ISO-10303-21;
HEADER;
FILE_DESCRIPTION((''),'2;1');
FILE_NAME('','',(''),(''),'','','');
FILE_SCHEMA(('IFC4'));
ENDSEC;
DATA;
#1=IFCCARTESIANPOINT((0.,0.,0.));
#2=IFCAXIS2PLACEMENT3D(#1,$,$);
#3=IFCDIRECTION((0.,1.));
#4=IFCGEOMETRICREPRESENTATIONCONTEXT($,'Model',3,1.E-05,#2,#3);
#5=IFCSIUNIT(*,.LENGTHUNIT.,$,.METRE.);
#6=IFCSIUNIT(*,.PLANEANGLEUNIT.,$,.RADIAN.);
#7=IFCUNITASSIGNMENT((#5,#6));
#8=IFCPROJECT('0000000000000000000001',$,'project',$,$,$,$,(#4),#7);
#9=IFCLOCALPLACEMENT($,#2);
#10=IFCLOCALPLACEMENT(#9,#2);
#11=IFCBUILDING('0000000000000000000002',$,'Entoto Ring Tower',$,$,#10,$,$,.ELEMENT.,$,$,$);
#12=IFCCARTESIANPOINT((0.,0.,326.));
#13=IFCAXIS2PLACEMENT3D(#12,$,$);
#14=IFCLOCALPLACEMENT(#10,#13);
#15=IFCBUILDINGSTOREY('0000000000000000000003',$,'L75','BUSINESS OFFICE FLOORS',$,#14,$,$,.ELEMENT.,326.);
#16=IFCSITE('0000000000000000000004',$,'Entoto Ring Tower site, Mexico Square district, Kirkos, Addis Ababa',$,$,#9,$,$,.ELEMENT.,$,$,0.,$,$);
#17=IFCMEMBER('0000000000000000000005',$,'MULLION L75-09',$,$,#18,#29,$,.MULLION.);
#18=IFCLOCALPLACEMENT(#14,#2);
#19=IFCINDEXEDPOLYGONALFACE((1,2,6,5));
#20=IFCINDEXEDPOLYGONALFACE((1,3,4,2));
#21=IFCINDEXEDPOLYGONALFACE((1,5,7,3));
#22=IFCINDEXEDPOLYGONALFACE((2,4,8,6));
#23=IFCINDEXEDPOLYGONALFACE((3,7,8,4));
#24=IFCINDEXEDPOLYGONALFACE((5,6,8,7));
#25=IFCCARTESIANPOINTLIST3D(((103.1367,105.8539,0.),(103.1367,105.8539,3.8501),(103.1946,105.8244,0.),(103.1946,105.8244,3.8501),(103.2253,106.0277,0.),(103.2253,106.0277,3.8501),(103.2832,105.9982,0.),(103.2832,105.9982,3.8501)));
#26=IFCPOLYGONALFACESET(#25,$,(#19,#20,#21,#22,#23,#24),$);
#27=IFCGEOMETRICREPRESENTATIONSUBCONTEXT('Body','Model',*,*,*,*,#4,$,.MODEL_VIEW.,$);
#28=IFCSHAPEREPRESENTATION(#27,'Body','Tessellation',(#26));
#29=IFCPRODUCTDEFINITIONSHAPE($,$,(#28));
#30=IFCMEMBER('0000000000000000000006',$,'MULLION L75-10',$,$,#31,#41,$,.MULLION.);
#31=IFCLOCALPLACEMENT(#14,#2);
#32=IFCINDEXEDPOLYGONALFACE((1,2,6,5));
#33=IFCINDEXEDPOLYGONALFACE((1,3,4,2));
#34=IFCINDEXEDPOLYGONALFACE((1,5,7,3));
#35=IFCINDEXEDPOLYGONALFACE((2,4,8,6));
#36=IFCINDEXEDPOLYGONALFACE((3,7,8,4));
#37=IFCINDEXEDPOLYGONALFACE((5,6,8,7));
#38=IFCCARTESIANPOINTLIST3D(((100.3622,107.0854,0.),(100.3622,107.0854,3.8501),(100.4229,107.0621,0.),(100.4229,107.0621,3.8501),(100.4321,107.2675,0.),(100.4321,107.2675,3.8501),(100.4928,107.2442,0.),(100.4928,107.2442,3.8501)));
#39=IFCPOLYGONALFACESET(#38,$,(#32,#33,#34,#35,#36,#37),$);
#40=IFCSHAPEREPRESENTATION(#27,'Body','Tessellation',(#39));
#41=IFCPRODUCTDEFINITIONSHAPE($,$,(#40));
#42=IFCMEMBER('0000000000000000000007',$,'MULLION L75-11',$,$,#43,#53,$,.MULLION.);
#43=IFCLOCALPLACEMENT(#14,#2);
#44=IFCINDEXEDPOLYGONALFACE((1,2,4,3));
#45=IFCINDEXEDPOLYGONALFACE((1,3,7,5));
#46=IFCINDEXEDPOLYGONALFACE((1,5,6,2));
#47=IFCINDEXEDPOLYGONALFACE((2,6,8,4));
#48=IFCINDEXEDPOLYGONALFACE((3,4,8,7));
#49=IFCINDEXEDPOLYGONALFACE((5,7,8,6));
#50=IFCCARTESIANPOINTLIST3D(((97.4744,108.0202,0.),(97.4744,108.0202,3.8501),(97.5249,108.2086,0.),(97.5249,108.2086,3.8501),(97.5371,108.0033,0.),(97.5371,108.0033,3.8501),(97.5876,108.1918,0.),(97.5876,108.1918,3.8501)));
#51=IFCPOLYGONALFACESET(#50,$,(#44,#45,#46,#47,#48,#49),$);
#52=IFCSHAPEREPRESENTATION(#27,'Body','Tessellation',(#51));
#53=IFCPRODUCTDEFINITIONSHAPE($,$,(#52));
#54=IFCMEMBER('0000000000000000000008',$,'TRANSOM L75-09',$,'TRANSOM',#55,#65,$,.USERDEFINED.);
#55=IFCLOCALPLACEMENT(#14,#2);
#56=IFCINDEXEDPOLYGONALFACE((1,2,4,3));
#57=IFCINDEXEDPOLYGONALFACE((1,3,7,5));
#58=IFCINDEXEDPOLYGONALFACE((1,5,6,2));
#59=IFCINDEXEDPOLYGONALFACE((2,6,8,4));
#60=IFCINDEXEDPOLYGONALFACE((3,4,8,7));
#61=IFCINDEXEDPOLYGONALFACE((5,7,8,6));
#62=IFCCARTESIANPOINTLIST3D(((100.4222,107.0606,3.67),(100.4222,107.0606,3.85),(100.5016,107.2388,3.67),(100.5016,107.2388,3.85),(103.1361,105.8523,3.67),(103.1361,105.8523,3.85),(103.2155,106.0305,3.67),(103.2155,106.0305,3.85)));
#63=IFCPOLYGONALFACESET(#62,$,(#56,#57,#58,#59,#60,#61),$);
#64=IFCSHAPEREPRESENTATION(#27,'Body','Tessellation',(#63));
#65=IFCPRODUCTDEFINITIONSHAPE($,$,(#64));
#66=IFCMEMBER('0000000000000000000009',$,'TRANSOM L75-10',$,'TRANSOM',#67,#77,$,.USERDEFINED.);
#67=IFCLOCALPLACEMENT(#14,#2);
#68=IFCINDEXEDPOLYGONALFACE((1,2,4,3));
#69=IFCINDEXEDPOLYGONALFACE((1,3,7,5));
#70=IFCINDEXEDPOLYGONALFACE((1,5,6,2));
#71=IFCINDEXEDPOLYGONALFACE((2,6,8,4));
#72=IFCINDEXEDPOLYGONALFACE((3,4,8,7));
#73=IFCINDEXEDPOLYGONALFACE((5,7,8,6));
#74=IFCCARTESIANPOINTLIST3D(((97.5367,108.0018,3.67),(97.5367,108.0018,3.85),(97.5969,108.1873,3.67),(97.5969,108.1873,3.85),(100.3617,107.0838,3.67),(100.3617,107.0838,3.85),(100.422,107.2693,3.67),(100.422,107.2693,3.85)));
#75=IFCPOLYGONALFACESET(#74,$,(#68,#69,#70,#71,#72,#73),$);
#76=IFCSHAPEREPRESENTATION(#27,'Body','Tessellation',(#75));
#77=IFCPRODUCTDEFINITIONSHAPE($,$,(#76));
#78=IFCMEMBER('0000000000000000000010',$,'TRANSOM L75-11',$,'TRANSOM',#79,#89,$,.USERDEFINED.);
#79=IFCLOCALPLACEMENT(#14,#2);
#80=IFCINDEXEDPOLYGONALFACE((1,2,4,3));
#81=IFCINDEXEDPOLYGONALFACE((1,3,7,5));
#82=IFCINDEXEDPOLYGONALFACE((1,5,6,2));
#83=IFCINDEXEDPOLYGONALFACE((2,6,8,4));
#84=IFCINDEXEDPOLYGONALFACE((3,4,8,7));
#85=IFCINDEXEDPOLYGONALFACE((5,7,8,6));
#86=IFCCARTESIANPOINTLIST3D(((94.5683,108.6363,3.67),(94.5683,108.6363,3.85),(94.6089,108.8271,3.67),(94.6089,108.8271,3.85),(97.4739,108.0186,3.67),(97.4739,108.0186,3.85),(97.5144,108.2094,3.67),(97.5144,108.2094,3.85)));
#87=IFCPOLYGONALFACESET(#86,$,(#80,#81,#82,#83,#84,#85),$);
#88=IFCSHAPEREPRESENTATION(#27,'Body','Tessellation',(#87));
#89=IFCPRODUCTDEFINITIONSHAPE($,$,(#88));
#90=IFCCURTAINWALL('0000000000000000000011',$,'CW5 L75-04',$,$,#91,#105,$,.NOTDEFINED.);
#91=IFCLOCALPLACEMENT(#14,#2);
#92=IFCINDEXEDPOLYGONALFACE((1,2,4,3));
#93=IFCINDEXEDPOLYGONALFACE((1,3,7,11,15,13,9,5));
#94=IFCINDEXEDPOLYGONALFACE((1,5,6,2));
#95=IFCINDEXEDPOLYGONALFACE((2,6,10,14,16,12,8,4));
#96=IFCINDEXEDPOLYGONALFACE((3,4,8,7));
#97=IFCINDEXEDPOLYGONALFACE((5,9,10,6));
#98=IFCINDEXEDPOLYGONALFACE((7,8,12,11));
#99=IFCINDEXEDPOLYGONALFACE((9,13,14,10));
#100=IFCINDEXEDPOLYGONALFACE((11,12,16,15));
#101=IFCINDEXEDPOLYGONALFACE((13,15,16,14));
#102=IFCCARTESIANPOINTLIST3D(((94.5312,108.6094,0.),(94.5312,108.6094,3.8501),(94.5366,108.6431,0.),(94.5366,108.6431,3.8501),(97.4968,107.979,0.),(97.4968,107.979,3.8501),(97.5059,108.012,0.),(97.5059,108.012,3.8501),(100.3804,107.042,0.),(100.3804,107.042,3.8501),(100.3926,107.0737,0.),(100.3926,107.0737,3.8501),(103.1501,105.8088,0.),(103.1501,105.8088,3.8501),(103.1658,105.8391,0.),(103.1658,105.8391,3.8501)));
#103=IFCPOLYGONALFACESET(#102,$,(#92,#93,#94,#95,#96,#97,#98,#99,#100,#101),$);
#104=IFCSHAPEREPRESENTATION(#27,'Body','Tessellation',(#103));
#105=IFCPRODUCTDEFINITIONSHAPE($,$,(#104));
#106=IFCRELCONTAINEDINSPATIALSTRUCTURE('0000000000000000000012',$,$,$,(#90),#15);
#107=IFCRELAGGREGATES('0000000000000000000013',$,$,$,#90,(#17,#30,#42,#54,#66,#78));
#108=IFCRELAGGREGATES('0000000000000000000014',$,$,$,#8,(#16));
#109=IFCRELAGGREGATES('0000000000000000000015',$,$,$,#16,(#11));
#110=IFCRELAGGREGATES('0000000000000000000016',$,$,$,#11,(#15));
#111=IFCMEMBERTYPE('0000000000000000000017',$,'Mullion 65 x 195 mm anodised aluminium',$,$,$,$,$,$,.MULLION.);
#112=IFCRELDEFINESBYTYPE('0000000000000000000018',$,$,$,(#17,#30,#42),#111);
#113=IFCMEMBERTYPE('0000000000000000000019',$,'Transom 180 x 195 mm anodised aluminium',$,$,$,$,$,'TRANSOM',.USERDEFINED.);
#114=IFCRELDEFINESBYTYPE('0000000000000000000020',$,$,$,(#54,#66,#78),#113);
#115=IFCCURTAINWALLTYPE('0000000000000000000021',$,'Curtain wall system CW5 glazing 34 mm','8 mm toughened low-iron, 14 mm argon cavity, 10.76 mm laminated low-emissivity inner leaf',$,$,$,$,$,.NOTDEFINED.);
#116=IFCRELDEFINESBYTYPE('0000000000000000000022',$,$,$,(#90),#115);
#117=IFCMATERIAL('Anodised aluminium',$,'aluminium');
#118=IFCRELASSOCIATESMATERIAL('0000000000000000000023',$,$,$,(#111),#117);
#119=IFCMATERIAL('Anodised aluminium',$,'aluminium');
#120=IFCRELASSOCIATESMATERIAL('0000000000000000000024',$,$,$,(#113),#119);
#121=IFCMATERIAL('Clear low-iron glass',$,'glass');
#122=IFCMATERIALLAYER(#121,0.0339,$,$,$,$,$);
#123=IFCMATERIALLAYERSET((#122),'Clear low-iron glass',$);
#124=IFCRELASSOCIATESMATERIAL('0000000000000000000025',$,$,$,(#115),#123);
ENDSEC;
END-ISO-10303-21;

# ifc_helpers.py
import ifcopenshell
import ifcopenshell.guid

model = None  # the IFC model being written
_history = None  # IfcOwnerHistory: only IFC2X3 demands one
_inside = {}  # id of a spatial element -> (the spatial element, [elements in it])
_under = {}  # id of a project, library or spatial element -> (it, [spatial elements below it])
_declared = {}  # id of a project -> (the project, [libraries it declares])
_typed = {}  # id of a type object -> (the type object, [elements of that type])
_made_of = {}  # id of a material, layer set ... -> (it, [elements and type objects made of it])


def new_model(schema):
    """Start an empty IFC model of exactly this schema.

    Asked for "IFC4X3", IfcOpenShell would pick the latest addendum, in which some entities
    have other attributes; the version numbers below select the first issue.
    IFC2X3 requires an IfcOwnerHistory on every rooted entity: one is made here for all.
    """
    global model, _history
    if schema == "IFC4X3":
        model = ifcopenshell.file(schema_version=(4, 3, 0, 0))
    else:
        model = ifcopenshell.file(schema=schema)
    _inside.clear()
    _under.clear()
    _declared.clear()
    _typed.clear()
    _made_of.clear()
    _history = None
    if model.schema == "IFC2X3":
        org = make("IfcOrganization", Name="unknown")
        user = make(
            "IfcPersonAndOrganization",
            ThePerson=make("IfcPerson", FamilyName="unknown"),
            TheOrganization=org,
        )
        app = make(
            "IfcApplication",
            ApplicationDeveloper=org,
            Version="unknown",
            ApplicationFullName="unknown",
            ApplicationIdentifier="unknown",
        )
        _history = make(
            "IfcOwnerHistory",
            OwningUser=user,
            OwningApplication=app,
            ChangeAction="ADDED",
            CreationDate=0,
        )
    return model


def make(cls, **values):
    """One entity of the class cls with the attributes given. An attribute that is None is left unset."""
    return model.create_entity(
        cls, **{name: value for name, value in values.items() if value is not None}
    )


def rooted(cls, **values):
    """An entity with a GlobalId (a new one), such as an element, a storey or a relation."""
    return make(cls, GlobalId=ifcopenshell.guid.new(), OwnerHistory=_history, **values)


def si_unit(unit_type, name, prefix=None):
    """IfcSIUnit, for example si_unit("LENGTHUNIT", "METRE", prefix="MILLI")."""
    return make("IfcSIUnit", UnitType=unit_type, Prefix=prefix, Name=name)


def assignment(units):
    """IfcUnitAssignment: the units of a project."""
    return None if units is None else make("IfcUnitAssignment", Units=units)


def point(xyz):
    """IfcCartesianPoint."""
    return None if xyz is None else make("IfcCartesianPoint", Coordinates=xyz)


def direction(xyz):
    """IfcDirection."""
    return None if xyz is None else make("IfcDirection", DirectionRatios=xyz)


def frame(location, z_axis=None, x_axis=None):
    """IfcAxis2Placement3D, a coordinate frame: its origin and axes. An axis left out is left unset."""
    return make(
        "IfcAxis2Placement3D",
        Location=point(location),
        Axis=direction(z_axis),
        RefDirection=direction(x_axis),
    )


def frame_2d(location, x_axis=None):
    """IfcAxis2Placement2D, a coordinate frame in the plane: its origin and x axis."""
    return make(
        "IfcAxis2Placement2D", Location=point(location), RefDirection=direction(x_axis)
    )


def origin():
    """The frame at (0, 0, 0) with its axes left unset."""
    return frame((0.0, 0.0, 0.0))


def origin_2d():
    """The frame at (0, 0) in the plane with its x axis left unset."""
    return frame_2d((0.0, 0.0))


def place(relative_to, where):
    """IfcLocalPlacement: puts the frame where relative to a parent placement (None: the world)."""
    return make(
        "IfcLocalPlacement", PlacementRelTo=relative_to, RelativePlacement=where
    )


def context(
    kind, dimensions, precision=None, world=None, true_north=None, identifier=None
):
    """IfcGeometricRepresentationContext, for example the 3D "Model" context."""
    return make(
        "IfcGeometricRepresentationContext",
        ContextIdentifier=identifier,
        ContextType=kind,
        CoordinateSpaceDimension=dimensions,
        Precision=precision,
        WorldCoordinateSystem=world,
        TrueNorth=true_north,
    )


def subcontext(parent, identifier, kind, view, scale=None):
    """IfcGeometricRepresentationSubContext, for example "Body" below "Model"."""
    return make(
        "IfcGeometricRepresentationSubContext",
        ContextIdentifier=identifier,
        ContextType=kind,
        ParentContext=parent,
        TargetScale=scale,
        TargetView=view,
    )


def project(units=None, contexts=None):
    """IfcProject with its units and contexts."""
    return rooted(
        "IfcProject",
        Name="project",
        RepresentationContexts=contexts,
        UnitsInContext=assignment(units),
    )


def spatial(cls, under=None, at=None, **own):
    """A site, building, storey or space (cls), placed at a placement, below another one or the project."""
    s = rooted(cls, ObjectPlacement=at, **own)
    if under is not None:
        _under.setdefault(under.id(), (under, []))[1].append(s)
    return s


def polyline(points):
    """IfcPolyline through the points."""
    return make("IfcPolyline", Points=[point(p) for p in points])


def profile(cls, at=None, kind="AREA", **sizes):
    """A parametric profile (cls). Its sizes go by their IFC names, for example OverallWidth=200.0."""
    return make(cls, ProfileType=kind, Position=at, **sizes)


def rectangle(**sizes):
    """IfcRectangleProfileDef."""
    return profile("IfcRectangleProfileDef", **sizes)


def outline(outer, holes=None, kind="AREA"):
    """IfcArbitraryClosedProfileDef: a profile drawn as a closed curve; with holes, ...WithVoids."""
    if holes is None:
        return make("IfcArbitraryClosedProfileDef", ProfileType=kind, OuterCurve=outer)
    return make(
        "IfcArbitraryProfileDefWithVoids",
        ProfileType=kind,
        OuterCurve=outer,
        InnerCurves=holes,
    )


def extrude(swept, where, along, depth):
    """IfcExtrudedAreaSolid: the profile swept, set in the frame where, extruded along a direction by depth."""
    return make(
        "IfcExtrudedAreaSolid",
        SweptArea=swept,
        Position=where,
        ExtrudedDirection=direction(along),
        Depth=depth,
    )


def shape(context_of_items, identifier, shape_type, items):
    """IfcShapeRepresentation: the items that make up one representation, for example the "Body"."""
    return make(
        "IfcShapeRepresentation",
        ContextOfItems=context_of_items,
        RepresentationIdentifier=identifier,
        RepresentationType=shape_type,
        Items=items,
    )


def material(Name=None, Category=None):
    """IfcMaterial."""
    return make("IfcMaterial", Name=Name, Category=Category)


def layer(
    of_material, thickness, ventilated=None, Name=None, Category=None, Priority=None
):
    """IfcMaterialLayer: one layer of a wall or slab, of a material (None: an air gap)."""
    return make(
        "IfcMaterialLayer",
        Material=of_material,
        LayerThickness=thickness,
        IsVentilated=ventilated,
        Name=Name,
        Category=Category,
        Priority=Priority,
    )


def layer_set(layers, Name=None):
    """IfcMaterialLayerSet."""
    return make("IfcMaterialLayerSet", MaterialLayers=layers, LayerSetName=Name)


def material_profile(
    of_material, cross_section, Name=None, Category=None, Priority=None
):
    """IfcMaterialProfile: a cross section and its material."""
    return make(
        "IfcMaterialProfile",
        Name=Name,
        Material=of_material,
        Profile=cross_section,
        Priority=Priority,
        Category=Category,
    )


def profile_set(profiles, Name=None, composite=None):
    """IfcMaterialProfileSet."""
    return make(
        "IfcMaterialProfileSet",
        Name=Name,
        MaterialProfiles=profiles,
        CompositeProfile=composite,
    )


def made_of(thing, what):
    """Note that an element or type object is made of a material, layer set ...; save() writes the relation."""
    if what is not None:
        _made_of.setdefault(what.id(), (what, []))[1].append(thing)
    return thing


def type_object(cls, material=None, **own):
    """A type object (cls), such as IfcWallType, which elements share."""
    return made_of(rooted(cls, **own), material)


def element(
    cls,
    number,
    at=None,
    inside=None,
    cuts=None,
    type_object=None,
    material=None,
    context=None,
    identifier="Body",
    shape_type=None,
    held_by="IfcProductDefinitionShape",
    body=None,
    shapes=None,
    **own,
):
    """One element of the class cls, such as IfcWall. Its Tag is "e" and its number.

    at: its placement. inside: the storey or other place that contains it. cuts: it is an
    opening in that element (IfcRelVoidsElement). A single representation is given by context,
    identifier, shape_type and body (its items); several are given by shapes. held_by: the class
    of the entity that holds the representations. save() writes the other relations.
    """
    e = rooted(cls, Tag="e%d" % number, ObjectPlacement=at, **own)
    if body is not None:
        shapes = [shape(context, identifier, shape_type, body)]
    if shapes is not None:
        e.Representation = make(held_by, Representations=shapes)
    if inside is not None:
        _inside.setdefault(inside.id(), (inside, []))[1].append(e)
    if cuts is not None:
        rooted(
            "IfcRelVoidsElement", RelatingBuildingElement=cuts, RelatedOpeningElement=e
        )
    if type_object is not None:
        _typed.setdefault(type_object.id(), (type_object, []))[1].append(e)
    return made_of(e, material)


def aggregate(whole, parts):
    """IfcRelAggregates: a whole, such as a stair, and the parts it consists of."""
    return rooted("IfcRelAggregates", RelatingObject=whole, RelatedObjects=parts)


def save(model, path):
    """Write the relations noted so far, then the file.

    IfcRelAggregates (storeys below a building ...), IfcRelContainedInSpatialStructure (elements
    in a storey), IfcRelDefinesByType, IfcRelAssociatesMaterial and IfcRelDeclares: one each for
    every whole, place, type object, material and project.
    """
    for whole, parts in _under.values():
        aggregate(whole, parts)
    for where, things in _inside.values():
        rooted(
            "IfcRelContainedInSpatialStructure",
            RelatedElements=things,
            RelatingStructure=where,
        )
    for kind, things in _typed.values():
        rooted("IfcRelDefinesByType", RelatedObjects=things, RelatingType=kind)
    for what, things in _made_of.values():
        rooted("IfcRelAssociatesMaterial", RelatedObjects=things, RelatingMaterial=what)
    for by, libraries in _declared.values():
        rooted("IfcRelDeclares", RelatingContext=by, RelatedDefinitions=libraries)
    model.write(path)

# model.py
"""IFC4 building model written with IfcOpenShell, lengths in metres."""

from ifc_helpers import new_model, si_unit, direction, frame, origin, origin_2d, place, context, subcontext, project, spatial, polyline, rectangle, outline, extrude, material, layer, layer_set, material_profile, profile_set, type_object, element, aggregate, save


model = new_model("IFC4")

# Units and contexts
model_context = context("Model", 3, precision=1e-05, world=origin(), true_north=direction((0.0, 1.0)))
body_context = subcontext(model_context, "Body", "Model", "MODEL_VIEW")
ifc_project = project(units=[si_unit("LENGTHUNIT", "METRE"), si_unit("PLANEANGLEUNIT", "RADIAN")], contexts=[model_context])

# Members
ifc_material_1 = material(Name="Anodised aluminium", Category="aluminium")
ifc_material_profile_1 = material_profile(ifc_material_1, rectangle(XDim=0.0649, YDim=0.1951, at=origin_2d()), Name="Mullion 65 x 195 mm anodised aluminium")
ifc_profile_set_1 = profile_set([ifc_material_profile_1], Name="Anodised aluminium")
member_type_1 = type_object("IfcMemberType", Name="Mullion 65 x 195 mm anodised aluminium", PredefinedType="MULLION", material=ifc_profile_set_1)
site_placement = place(None, origin())
building_placement = place(site_placement, origin())
storey_placement = place(building_placement, frame((0.0, 0.0, 326.0)))
member_1_placement = place(storey_placement, frame((103.21, 105.926, 0.0), z_axis=(0.0, 0.0, 1.0), x_axis=(-0.891007, 0.45399, 0.0)))
member_1 = element("IfcMember", 1, at=member_1_placement, type_object=member_type_1, Name="MULLION L75-09", PredefinedType="MULLION", context=body_context, shape_type="SweptSolid", body=[
    extrude(rectangle(XDim=0.0649, YDim=0.1951, at=origin_2d()), origin(), (0.0, 0.0, 1.0), 3.8501),
])
member_2_placement = place(storey_placement, frame((100.4275, 107.1648, 0.0), z_axis=(0.0, 0.0, 1.0), x_axis=(-0.93358, 0.358368, 0.0)))
member_2 = element("IfcMember", 2, at=member_2_placement, type_object=member_type_1, Name="MULLION L75-10", PredefinedType="MULLION", context=body_context, shape_type="SweptSolid", body=[
    extrude(rectangle(XDim=0.0649, YDim=0.1951, at=origin_2d()), origin(), (0.0, 0.0, 1.0), 3.8501),
])
member_3_placement = place(storey_placement, frame((97.531, 108.106, 0.0), z_axis=(0.0, 0.0, 1.0), x_axis=(-0.965926, 0.258819, 0.0)))
member_3 = element("IfcMember", 3, at=member_3_placement, type_object=member_type_1, Name="MULLION L75-11", PredefinedType="MULLION", context=body_context, shape_type="SweptSolid", body=[
    extrude(rectangle(XDim=0.0649, YDim=0.1951, at=origin_2d()), origin(), (0.0, 0.0, 1.0), 3.8501),
])
ifc_material_2 = material(Name="Anodised aluminium", Category="aluminium")
ifc_material_profile_2 = material_profile(ifc_material_2, rectangle(XDim=0.1951, YDim=0.1799, at=origin_2d()), Name="Transom 180 x 195 mm anodised aluminium")
ifc_profile_set_2 = profile_set([ifc_material_profile_2], Name="Anodised aluminium")
member_type_2 = type_object("IfcMemberType", Name="Transom 180 x 195 mm anodised aluminium", ElementType="TRANSOM", PredefinedType="USERDEFINED", material=ifc_profile_set_2)
member_4_placement = place(storey_placement, frame((103.1758, 105.9414, 3.76), z_axis=(-0.91355, 0.406726, 0.0), x_axis=(-0.406726, -0.91355, 0.0)))
member_4 = element("IfcMember", 4, at=member_4_placement, type_object=member_type_2, Name="TRANSOM L75-09", ObjectType="TRANSOM", PredefinedType="USERDEFINED", context=body_context, shape_type="SweptSolid", body=[
    extrude(rectangle(XDim=0.1951, YDim=0.1799, at=origin_2d()), origin(), (0.0, 0.0, 1.0), 2.9707),
])
member_5_placement = place(storey_placement, frame((100.3918, 107.1765, 3.76), z_axis=(-0.951048, 0.309043, 0.0), x_axis=(-0.309043, -0.951048, 0.0)))
member_5 = element("IfcMember", 5, at=member_5_placement, type_object=member_type_2, Name="TRANSOM L75-10", ObjectType="TRANSOM", PredefinedType="USERDEFINED", context=body_context, shape_type="SweptSolid", body=[
    extrude(rectangle(XDim=0.1951, YDim=0.1799, at=origin_2d()), origin(), (0.0, 0.0, 1.0), 2.9705),
])
member_6_placement = place(storey_placement, frame((97.4941, 108.114, 3.76), z_axis=(-0.978142, 0.20794, 0.0), x_axis=(-0.20794, -0.978142, 0.0)))
member_6 = element("IfcMember", 6, at=member_6_placement, type_object=member_type_2, Name="TRANSOM L75-11", ObjectType="TRANSOM", PredefinedType="USERDEFINED", context=body_context, shape_type="SweptSolid", body=[
    extrude(rectangle(XDim=0.1951, YDim=0.1799, at=origin_2d()), origin(), (0.0, 0.0, 1.0), 2.9705),
])

# Site, building, storey
site = spatial("IfcSite", under=ifc_project, at=site_placement, Name="Entoto Ring Tower site, Mexico Square district, Kirkos, Addis Ababa", CompositionType="ELEMENT", RefElevation=0.0)
building = spatial("IfcBuilding", under=site, at=building_placement, Name="Entoto Ring Tower", CompositionType="ELEMENT")
storey = spatial("IfcBuildingStorey", under=building, at=storey_placement, Name="L75", Description="BUSINESS OFFICE FLOORS", CompositionType="ELEMENT", Elevation=326.0)

# Curtain wall
ifc_material_3 = material(Name="Clear low-iron glass", Category="glass")
ifc_layer = layer(ifc_material_3, 0.0339)
ifc_layer_set = layer_set([ifc_layer], Name="Clear low-iron glass")
curtain_wall_type = type_object("IfcCurtainWallType", Name="Curtain wall system CW5 glazing 34 mm", Description="8 mm toughened low-iron, 14 mm argon cavity, 10.76 mm laminated low-emissivity inner leaf", PredefinedType="NOTDEFINED", material=ifc_layer_set)
curtain_wall_1_placement = place(storey_placement, origin())
curtain_wall_1 = element("IfcCurtainWall", 7, at=curtain_wall_1_placement, inside=storey, type_object=curtain_wall_type, Name="CW5 L75-04", PredefinedType="NOTDEFINED", context=body_context, shape_type="SweptSolid", body=[
    extrude(outline(polyline([(103.1658, 105.8391), (100.3926, 107.0737), (97.5059, 108.012), (94.5366, 108.6431), (94.5312, 108.6094), (97.4968, 107.979), (100.3804, 107.042), (103.1501, 105.8088), (103.1658, 105.8391)])), origin(), (0.0, 0.0, 1.0), 3.8501),
])
aggregate(curtain_wall_1, [member_1, member_2, member_3, member_4, member_5, member_6])

save(model, "model.ifc")
